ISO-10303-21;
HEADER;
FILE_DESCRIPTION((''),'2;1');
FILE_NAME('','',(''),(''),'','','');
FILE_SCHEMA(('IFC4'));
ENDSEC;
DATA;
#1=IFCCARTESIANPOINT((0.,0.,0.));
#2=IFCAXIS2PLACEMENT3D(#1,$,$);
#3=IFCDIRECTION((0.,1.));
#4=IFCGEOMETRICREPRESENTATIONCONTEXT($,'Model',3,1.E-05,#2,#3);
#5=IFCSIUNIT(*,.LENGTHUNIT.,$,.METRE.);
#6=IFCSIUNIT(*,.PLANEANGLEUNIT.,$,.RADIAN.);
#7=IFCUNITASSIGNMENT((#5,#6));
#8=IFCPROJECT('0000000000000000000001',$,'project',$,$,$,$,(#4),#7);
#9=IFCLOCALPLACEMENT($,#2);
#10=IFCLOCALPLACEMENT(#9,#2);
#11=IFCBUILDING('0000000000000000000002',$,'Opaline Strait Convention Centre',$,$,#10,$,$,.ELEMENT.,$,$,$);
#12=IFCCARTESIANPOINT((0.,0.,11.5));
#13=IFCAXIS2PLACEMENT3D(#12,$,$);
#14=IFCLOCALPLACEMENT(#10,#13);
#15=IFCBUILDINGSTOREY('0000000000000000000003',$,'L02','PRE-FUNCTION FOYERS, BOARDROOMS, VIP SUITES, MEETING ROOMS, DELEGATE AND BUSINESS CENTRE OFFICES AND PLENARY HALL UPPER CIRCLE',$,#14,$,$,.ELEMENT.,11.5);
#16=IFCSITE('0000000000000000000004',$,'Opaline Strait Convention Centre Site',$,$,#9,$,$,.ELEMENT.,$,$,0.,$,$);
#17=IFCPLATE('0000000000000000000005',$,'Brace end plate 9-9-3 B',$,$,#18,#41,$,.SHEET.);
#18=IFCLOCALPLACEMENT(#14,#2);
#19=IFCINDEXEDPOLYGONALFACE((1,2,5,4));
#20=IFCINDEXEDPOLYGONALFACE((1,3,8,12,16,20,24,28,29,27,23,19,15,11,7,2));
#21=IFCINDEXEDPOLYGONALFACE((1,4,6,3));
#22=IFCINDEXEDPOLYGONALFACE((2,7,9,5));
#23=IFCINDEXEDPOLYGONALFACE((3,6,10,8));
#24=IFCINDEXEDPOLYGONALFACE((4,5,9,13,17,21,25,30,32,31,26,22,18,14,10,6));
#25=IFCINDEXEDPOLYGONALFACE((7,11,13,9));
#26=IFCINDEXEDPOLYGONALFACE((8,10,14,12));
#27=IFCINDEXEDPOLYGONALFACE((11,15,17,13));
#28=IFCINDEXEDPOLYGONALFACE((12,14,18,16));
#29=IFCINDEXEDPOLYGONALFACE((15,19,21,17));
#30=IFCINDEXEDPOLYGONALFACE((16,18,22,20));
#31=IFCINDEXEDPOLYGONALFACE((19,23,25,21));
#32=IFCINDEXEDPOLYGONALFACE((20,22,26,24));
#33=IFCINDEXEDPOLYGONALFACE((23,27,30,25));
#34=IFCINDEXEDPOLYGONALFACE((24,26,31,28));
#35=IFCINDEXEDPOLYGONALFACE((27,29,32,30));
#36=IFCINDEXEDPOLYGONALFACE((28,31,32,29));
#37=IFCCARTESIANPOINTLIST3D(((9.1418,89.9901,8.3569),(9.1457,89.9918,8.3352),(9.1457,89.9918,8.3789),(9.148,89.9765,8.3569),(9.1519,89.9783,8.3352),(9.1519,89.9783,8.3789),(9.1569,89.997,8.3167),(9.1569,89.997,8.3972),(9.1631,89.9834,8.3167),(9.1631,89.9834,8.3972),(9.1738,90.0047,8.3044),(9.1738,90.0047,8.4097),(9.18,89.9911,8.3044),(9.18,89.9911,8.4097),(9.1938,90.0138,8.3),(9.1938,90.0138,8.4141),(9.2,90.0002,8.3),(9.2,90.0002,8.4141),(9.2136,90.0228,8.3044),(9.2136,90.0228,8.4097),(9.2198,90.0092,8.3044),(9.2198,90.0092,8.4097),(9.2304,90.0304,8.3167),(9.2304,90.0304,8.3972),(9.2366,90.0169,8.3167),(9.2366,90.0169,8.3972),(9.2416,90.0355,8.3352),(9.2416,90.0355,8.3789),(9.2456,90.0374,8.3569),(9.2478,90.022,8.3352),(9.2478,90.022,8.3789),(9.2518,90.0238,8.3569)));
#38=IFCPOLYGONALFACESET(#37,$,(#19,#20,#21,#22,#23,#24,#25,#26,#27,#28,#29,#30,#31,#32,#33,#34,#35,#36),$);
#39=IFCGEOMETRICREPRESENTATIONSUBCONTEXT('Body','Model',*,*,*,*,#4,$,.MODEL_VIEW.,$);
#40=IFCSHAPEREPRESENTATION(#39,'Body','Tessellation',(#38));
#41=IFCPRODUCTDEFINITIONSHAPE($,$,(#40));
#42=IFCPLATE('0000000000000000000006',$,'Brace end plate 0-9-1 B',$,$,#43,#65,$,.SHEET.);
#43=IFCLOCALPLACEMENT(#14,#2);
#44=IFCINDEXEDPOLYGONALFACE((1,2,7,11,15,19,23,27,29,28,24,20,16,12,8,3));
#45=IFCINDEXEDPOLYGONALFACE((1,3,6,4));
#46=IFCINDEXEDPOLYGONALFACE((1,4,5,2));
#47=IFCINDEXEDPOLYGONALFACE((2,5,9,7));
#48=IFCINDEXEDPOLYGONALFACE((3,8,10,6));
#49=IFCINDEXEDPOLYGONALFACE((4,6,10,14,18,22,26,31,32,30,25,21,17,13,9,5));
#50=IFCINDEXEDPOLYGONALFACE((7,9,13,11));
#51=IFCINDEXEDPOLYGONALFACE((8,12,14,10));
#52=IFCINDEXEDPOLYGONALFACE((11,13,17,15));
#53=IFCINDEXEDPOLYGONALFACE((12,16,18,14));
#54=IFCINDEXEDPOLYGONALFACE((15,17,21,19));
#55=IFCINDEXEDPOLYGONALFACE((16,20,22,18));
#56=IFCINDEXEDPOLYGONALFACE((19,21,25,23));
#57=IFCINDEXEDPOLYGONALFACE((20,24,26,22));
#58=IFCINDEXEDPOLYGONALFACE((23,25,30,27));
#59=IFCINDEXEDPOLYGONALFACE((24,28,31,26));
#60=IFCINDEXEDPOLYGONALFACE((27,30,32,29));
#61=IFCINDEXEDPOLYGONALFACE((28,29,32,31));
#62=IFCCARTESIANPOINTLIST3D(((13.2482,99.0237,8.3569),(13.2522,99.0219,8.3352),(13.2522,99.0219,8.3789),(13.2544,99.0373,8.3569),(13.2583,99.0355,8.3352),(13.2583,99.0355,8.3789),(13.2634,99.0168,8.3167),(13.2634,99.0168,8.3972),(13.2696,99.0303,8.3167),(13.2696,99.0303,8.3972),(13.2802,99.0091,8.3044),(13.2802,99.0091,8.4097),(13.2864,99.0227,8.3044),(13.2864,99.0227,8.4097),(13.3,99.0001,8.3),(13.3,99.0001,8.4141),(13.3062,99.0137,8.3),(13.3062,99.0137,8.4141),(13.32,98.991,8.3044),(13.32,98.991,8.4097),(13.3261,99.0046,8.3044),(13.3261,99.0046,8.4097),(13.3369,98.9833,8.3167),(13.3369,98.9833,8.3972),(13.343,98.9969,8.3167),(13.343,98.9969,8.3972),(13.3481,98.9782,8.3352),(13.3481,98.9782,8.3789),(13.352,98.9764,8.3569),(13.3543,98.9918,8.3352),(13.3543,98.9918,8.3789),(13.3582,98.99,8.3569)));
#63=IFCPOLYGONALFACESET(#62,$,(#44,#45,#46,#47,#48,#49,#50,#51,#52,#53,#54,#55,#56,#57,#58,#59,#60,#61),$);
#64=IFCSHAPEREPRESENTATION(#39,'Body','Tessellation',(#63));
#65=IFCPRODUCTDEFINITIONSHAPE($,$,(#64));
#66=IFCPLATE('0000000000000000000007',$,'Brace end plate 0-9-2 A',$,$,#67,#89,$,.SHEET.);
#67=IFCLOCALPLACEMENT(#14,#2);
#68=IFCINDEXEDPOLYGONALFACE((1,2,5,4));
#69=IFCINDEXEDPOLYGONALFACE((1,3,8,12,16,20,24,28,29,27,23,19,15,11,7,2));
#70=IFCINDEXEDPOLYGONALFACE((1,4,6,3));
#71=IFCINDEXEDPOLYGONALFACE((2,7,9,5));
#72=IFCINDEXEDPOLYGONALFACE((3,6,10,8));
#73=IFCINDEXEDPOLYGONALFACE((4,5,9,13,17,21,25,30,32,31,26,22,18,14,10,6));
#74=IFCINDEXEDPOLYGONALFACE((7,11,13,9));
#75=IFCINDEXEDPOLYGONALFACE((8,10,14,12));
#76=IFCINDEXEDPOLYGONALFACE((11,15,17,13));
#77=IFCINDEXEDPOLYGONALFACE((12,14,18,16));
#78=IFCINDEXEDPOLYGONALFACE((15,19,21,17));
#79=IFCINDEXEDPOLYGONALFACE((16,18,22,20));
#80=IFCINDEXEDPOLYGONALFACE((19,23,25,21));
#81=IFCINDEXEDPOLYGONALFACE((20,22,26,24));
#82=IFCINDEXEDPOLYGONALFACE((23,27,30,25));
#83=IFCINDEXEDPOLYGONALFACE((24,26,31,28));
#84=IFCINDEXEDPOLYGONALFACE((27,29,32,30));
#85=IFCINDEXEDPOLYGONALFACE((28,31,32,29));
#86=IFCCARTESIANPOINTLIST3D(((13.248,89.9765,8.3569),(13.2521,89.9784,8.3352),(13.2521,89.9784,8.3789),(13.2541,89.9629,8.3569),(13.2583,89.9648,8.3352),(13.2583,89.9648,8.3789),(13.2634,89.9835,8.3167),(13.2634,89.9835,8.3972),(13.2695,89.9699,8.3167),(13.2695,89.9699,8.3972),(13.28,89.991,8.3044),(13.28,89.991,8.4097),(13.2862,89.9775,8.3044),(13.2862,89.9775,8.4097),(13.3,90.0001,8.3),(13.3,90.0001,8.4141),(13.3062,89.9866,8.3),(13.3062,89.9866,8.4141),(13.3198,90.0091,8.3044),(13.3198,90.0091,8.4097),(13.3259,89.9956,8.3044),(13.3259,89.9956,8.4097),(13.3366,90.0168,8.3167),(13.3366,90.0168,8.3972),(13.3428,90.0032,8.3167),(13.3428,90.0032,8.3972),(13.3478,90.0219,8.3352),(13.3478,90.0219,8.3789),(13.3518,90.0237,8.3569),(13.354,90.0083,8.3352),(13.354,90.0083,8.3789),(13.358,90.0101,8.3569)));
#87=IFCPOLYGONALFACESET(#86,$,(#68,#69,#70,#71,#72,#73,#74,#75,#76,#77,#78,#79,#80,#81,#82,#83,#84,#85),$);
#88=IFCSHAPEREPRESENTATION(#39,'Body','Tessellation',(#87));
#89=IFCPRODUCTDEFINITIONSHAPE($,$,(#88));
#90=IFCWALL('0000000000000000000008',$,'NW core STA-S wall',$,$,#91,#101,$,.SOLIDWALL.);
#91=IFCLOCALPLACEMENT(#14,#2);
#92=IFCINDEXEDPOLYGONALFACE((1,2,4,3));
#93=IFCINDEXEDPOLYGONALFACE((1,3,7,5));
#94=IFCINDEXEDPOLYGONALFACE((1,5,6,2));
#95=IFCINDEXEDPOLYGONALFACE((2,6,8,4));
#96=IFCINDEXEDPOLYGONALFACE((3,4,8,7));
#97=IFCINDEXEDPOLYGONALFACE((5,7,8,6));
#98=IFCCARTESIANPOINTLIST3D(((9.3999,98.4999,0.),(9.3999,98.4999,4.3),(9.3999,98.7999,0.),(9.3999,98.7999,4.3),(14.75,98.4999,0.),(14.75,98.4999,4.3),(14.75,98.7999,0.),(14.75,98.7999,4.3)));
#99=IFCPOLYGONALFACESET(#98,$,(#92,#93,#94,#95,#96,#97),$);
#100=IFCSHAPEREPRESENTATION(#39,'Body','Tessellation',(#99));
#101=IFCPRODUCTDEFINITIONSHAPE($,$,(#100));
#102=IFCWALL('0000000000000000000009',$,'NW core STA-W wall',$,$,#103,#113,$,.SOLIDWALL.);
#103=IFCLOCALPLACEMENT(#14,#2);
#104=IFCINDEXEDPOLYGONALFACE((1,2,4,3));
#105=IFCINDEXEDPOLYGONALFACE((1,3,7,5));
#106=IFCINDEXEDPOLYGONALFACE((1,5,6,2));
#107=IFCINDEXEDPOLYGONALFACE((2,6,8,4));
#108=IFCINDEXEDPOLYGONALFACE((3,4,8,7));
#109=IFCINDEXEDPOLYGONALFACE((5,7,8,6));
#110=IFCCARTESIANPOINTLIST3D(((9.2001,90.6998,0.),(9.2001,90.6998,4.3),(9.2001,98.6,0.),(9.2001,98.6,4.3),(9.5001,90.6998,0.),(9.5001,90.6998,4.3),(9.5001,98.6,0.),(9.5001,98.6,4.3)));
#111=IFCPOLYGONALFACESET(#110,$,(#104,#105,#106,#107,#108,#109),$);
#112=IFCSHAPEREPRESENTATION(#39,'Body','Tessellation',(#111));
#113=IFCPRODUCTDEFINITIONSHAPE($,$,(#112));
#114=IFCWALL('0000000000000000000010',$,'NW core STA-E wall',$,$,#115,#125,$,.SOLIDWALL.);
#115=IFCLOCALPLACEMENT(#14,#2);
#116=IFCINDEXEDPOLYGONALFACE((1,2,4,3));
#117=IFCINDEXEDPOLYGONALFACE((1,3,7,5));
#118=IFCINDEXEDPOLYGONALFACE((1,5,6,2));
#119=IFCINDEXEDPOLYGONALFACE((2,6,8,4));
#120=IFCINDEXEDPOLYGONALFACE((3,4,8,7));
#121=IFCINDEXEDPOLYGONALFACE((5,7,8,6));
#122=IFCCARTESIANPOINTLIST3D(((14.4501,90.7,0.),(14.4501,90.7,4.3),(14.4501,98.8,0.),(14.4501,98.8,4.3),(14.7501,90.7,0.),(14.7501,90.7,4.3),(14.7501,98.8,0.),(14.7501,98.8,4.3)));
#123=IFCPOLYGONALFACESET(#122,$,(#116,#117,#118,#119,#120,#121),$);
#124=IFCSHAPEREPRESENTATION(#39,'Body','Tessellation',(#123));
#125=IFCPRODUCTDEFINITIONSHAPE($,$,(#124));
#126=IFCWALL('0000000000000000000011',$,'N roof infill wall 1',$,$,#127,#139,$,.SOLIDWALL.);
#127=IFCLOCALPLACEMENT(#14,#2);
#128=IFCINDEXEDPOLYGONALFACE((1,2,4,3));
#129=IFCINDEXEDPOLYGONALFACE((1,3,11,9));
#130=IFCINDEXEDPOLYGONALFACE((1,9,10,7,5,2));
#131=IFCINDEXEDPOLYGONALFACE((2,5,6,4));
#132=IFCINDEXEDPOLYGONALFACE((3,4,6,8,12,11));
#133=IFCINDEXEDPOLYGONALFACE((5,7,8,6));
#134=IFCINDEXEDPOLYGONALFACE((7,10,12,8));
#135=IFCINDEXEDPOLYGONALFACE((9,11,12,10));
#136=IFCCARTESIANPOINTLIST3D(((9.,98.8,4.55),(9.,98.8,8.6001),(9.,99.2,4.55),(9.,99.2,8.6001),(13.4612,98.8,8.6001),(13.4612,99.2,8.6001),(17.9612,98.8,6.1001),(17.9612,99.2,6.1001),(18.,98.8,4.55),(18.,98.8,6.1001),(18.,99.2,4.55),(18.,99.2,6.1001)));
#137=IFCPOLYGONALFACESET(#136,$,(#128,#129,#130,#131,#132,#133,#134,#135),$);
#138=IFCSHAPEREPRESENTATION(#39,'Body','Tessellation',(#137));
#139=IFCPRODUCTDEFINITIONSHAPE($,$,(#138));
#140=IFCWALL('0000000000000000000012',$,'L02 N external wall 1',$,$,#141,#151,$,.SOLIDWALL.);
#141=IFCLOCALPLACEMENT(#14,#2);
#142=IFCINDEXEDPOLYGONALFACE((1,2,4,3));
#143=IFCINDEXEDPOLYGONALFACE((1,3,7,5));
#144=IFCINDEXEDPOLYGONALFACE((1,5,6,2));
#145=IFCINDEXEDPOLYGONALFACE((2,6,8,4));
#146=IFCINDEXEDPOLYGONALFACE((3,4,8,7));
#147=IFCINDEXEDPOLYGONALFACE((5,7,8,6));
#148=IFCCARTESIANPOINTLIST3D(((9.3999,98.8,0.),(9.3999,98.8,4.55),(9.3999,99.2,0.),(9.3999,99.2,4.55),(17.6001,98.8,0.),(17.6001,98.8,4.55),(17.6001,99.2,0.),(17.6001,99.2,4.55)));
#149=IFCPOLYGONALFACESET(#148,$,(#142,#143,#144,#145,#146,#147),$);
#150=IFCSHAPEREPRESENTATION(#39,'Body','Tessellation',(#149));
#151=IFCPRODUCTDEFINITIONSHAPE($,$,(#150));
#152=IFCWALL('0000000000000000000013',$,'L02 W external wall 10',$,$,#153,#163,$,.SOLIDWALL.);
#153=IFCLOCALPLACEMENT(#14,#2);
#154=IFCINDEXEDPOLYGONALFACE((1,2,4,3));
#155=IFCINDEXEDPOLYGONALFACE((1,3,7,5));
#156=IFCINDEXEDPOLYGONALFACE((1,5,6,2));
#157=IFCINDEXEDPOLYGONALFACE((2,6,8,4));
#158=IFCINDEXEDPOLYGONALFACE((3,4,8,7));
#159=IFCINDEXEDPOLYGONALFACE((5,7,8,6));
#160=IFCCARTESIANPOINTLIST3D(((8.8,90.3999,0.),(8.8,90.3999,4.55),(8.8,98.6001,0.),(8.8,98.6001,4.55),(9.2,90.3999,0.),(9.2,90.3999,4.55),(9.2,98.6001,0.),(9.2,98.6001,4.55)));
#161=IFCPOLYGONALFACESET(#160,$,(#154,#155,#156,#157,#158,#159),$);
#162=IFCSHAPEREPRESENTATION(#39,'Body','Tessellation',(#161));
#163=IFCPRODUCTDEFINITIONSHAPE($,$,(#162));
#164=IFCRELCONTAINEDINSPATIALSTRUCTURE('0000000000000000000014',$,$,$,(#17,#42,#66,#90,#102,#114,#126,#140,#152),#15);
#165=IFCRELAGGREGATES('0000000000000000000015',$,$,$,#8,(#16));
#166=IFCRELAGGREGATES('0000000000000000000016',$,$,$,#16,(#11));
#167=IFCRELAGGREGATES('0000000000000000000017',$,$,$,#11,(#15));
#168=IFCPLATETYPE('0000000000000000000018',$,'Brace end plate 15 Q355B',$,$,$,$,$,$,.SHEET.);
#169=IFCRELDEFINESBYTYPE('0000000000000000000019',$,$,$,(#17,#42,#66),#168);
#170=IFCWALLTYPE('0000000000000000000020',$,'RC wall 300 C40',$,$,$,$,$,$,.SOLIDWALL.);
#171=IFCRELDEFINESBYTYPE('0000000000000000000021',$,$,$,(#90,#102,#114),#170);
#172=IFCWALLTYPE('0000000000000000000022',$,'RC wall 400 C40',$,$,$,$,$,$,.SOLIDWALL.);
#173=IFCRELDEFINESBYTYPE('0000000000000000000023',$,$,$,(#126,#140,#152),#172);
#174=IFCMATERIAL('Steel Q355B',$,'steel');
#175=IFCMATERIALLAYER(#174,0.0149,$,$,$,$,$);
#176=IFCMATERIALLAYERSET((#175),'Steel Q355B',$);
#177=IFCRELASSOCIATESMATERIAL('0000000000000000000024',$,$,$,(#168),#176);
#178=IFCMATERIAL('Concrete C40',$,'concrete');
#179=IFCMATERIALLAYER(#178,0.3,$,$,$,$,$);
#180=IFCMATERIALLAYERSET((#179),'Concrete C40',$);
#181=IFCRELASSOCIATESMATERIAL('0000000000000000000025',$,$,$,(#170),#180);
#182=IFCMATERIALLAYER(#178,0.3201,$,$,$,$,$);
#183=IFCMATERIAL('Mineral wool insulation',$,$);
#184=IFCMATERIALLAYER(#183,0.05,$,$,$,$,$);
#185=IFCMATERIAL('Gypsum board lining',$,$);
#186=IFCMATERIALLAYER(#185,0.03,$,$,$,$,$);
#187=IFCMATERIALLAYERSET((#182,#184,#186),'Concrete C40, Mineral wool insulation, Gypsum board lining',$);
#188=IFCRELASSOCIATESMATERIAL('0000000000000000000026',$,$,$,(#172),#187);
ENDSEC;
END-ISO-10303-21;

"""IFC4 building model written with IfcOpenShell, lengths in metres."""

from ifc_helpers import new_model, si_unit, direction, frame, frame_2d, origin, place, context, subcontext, project, spatial, polyline, rectangle, outline, extrude, material, layer, layer_set, type_object, element, save


model = new_model("IFC4")

# Units and contexts
model_context = context("Model", 3, precision=1e-05, world=origin(), true_north=direction((0.0, 1.0)))
body_context = subcontext(model_context, "Body", "Model", "MODEL_VIEW")
ifc_project = project(units=[si_unit("LENGTHUNIT", "METRE"), si_unit("PLANEANGLEUNIT", "RADIAN")], contexts=[model_context])

# Site, building, storey
site_placement = place(None, origin())
site = spatial("IfcSite", under=ifc_project, at=site_placement, Name="Opaline Strait Convention Centre Site", CompositionType="ELEMENT", RefElevation=0.0)
building_placement = place(site_placement, origin())
building = spatial("IfcBuilding", under=site, at=building_placement, Name="Opaline Strait Convention Centre", CompositionType="ELEMENT")
storey_placement = place(building_placement, frame((0.0, 0.0, 11.5)))
storey = spatial("IfcBuildingStorey", under=building, at=storey_placement, Name="L02", Description="PRE-FUNCTION FOYERS, BOARDROOMS, VIP SUITES, MEETING ROOMS, DELEGATE AND BUSINESS CENTRE OFFICES AND PLENARY HALL UPPER CIRCLE", CompositionType="ELEMENT", Elevation=11.5)

# Shared definitions
ifc_material_1 = material(Name="Concrete C40", Category="concrete")

# Shared definitions
ifc_material_2 = material(Name="Steel Q355B", Category="steel")

# Plates
ifc_layer_1 = layer(ifc_material_2, 0.0149)
ifc_layer_set_1 = layer_set([ifc_layer_1], Name="Steel Q355B")
plate_type = type_object("IfcPlateType", Name="Brace end plate 15 Q355B", PredefinedType="SHEET", material=ifc_layer_set_1)
plate_1_placement = place(storey_placement, frame((9.2456, 90.0374, 8.3569), z_axis=(-0.414547, 0.910028, 0.0), x_axis=(-0.179212, -0.081637, -0.980418)))
element("IfcPlate", 1, at=plate_1_placement, inside=storey, type_object=plate_type, Name="Brace end plate 9-9-3 B", PredefinedType="SHEET", context=body_context, shape_type="SweptSolid", body=[
    extrude(outline(polyline([(0.0, 0.0), (0.0222, 0.0), (0.0428, 0.0084), (0.0584, 0.0242), (0.067, 0.0446), (0.067, 0.067), (0.0587, 0.0876), (0.0429, 0.1034), (0.0225, 0.1118), (0.0001, 0.112), (-0.0203, 0.1035), (-0.0362, 0.0877), (-0.0448, 0.0671), (-0.0448, 0.0449), (-0.0362, 0.0243), (-0.0207, 0.0086), (0.0, 0.0)])), origin(), (0.0, 0.0, -1.0), 0.0149),
])
plate_2_placement = place(storey_placement, frame((13.3582, 98.99, 8.3569), z_axis=(0.414547, 0.910028, 0.0), x_axis=(-0.175212, 0.079815, -0.98129)))
element("IfcPlate", 2, at=plate_2_placement, inside=storey, type_object=plate_type, Name="Brace end plate 0-9-1 B", PredefinedType="SHEET", context=body_context, shape_type="SweptSolid", body=[
    extrude(outline(polyline([(0.0, 0.0), (0.0221, 0.0), (0.0427, 0.0085), (0.0583, 0.0244), (0.0668, 0.0451), (0.0667, 0.0673), (0.0583, 0.0878), (0.0424, 0.1035), (0.022, 0.1119), (-0.0004, 0.1119), (-0.0208, 0.1033), (-0.0366, 0.0876), (-0.0451, 0.0671), (-0.045, 0.0447), (-0.0363, 0.0241), (-0.0207, 0.0084), (0.0, 0.0)])), origin(), (0.0, 0.0, -1.0), 0.0149),
])
plate_3_placement = place(storey_placement, frame((13.3518, 90.0237, 8.3569), z_axis=(-0.413759, 0.910386, 0.0), x_axis=(-0.179277, -0.081479, -0.980419)))
element("IfcPlate", 3, at=plate_3_placement, inside=storey, type_object=plate_type, Name="Brace end plate 0-9-2 A", PredefinedType="SHEET", context=body_context, shape_type="SweptSolid", body=[
    extrude(outline(polyline([(0.0, 0.0), (0.0222, 0.0), (0.0428, 0.0084), (0.0584, 0.0242), (0.067, 0.0446), (0.067, 0.067), (0.0586, 0.0873), (0.0429, 0.103), (0.0225, 0.1118), (0.0, 0.1117), (-0.0204, 0.1032), (-0.0362, 0.0877), (-0.0448, 0.0671), (-0.0448, 0.0449), (-0.0362, 0.0243), (-0.0207, 0.0086), (0.0, 0.0)])), origin(), (0.0, 0.0, -1.0), 0.0149),
])

# Wall
ifc_layer_2 = layer(ifc_material_1, 0.3)
ifc_layer_set_2 = layer_set([ifc_layer_2], Name="Concrete C40")
wall_type_1 = type_object("IfcWallType", Name="RC wall 300 C40", PredefinedType="SOLIDWALL", material=ifc_layer_set_2)
wall_1_placement = place(storey_placement, frame((9.3999, 98.6499, 0.0), z_axis=(0.0, 0.0, 1.0), x_axis=(1.0, 0.0, 0.0)))
element("IfcWall", 4, at=wall_1_placement, inside=storey, type_object=wall_type_1, Name="NW core STA-S wall", PredefinedType="SOLIDWALL", context=body_context, shape_type="SweptSolid", body=[
    extrude(rectangle(XDim=5.3501, YDim=0.3, at=frame_2d((2.675, 0.0))), origin(), (0.0, 0.0, 1.0), 4.3),
])

# Walls
wall_2_placement = place(storey_placement, frame((9.3501, 98.6001, 0.0), z_axis=(0.0, 0.0, 1.0), x_axis=(0.0, -1.0, 0.0)))
element("IfcWall", 5, at=wall_2_placement, inside=storey, type_object=wall_type_1, Name="NW core STA-W wall", PredefinedType="SOLIDWALL", context=body_context, shape_type="SweptSolid", body=[
    extrude(rectangle(XDim=7.9001, YDim=0.3, at=frame_2d((3.9502, 0.0))), origin(), (0.0, 0.0, 1.0), 4.3),
])
wall_3_placement = place(storey_placement, frame((14.6001, 98.8, 0.0), z_axis=(0.0, 0.0, 1.0), x_axis=(0.0, -1.0, 0.0)))
element("IfcWall", 6, at=wall_3_placement, inside=storey, type_object=wall_type_1, Name="NW core STA-E wall", PredefinedType="SOLIDWALL", context=body_context, shape_type="SweptSolid", body=[
    extrude(rectangle(XDim=8.1001, YDim=0.3, at=frame_2d((4.05, 0.0))), origin(), (0.0, 0.0, 1.0), 4.3),
])
ifc_layer_3 = layer(ifc_material_1, 0.3201)
ifc_material_3 = material(Name="Mineral wool insulation")
ifc_layer_4 = layer(ifc_material_3, 0.05)
ifc_material_4 = material(Name="Gypsum board lining")
ifc_layer_5 = layer(ifc_material_4, 0.03)
ifc_layer_set_3 = layer_set([ifc_layer_3, ifc_layer_4, ifc_layer_5], Name="Concrete C40, Mineral wool insulation, Gypsum board lining")
wall_type_2 = type_object("IfcWallType", Name="RC wall 400 C40", PredefinedType="SOLIDWALL", material=ifc_layer_set_3)
wall_4_placement = place(storey_placement, frame((9.0, 99.0, 4.55), z_axis=(0.0, 0.0, 1.0), x_axis=(1.0, 0.0, 0.0)))
element("IfcWall", 7, at=wall_4_placement, inside=storey, type_object=wall_type_2, Name="N roof infill wall 1", PredefinedType="SOLIDWALL", context=body_context, shape_type="SweptSolid", body=[
    extrude(outline(polyline([(0.0, 0.0), (9.0, 0.0), (9.0, 1.55), (8.9612, 1.55), (4.4612, 4.05), (0.0, 4.05), (0.0, 0.0)])), frame((0.0, 0.2, 0.0), z_axis=(0.0, -1.0, 0.0), x_axis=(1.0, 0.0, 0.0)), (0.0, 0.0, 1.0), 0.3999),
])
for number, where, z_axis, x_axis, name in (
    (8, (9.3999, 99.0, 0.0), (0.0, 0.0, 1.0), (1.0, 0.0, 0.0), "L02 N external wall 1"),
    (9, (9.0, 90.3999, 0.0), (0.0, 0.0, 1.0), (0.0, 1.0, 0.0), "L02 W external wall 10"),
):
    element("IfcWall", number, at=place(storey_placement, frame(where, z_axis=z_axis, x_axis=x_axis)), inside=storey, type_object=wall_type_2, Name=name, PredefinedType="SOLIDWALL", context=body_context, shape_type="SweptSolid", body=[
        extrude(rectangle(XDim=8.2002, YDim=0.3999, at=frame_2d((4.1001, 0.0))), origin(), (0.0, 0.0, 1.0), 4.55),
    ])

save(model, "model.ifc")
